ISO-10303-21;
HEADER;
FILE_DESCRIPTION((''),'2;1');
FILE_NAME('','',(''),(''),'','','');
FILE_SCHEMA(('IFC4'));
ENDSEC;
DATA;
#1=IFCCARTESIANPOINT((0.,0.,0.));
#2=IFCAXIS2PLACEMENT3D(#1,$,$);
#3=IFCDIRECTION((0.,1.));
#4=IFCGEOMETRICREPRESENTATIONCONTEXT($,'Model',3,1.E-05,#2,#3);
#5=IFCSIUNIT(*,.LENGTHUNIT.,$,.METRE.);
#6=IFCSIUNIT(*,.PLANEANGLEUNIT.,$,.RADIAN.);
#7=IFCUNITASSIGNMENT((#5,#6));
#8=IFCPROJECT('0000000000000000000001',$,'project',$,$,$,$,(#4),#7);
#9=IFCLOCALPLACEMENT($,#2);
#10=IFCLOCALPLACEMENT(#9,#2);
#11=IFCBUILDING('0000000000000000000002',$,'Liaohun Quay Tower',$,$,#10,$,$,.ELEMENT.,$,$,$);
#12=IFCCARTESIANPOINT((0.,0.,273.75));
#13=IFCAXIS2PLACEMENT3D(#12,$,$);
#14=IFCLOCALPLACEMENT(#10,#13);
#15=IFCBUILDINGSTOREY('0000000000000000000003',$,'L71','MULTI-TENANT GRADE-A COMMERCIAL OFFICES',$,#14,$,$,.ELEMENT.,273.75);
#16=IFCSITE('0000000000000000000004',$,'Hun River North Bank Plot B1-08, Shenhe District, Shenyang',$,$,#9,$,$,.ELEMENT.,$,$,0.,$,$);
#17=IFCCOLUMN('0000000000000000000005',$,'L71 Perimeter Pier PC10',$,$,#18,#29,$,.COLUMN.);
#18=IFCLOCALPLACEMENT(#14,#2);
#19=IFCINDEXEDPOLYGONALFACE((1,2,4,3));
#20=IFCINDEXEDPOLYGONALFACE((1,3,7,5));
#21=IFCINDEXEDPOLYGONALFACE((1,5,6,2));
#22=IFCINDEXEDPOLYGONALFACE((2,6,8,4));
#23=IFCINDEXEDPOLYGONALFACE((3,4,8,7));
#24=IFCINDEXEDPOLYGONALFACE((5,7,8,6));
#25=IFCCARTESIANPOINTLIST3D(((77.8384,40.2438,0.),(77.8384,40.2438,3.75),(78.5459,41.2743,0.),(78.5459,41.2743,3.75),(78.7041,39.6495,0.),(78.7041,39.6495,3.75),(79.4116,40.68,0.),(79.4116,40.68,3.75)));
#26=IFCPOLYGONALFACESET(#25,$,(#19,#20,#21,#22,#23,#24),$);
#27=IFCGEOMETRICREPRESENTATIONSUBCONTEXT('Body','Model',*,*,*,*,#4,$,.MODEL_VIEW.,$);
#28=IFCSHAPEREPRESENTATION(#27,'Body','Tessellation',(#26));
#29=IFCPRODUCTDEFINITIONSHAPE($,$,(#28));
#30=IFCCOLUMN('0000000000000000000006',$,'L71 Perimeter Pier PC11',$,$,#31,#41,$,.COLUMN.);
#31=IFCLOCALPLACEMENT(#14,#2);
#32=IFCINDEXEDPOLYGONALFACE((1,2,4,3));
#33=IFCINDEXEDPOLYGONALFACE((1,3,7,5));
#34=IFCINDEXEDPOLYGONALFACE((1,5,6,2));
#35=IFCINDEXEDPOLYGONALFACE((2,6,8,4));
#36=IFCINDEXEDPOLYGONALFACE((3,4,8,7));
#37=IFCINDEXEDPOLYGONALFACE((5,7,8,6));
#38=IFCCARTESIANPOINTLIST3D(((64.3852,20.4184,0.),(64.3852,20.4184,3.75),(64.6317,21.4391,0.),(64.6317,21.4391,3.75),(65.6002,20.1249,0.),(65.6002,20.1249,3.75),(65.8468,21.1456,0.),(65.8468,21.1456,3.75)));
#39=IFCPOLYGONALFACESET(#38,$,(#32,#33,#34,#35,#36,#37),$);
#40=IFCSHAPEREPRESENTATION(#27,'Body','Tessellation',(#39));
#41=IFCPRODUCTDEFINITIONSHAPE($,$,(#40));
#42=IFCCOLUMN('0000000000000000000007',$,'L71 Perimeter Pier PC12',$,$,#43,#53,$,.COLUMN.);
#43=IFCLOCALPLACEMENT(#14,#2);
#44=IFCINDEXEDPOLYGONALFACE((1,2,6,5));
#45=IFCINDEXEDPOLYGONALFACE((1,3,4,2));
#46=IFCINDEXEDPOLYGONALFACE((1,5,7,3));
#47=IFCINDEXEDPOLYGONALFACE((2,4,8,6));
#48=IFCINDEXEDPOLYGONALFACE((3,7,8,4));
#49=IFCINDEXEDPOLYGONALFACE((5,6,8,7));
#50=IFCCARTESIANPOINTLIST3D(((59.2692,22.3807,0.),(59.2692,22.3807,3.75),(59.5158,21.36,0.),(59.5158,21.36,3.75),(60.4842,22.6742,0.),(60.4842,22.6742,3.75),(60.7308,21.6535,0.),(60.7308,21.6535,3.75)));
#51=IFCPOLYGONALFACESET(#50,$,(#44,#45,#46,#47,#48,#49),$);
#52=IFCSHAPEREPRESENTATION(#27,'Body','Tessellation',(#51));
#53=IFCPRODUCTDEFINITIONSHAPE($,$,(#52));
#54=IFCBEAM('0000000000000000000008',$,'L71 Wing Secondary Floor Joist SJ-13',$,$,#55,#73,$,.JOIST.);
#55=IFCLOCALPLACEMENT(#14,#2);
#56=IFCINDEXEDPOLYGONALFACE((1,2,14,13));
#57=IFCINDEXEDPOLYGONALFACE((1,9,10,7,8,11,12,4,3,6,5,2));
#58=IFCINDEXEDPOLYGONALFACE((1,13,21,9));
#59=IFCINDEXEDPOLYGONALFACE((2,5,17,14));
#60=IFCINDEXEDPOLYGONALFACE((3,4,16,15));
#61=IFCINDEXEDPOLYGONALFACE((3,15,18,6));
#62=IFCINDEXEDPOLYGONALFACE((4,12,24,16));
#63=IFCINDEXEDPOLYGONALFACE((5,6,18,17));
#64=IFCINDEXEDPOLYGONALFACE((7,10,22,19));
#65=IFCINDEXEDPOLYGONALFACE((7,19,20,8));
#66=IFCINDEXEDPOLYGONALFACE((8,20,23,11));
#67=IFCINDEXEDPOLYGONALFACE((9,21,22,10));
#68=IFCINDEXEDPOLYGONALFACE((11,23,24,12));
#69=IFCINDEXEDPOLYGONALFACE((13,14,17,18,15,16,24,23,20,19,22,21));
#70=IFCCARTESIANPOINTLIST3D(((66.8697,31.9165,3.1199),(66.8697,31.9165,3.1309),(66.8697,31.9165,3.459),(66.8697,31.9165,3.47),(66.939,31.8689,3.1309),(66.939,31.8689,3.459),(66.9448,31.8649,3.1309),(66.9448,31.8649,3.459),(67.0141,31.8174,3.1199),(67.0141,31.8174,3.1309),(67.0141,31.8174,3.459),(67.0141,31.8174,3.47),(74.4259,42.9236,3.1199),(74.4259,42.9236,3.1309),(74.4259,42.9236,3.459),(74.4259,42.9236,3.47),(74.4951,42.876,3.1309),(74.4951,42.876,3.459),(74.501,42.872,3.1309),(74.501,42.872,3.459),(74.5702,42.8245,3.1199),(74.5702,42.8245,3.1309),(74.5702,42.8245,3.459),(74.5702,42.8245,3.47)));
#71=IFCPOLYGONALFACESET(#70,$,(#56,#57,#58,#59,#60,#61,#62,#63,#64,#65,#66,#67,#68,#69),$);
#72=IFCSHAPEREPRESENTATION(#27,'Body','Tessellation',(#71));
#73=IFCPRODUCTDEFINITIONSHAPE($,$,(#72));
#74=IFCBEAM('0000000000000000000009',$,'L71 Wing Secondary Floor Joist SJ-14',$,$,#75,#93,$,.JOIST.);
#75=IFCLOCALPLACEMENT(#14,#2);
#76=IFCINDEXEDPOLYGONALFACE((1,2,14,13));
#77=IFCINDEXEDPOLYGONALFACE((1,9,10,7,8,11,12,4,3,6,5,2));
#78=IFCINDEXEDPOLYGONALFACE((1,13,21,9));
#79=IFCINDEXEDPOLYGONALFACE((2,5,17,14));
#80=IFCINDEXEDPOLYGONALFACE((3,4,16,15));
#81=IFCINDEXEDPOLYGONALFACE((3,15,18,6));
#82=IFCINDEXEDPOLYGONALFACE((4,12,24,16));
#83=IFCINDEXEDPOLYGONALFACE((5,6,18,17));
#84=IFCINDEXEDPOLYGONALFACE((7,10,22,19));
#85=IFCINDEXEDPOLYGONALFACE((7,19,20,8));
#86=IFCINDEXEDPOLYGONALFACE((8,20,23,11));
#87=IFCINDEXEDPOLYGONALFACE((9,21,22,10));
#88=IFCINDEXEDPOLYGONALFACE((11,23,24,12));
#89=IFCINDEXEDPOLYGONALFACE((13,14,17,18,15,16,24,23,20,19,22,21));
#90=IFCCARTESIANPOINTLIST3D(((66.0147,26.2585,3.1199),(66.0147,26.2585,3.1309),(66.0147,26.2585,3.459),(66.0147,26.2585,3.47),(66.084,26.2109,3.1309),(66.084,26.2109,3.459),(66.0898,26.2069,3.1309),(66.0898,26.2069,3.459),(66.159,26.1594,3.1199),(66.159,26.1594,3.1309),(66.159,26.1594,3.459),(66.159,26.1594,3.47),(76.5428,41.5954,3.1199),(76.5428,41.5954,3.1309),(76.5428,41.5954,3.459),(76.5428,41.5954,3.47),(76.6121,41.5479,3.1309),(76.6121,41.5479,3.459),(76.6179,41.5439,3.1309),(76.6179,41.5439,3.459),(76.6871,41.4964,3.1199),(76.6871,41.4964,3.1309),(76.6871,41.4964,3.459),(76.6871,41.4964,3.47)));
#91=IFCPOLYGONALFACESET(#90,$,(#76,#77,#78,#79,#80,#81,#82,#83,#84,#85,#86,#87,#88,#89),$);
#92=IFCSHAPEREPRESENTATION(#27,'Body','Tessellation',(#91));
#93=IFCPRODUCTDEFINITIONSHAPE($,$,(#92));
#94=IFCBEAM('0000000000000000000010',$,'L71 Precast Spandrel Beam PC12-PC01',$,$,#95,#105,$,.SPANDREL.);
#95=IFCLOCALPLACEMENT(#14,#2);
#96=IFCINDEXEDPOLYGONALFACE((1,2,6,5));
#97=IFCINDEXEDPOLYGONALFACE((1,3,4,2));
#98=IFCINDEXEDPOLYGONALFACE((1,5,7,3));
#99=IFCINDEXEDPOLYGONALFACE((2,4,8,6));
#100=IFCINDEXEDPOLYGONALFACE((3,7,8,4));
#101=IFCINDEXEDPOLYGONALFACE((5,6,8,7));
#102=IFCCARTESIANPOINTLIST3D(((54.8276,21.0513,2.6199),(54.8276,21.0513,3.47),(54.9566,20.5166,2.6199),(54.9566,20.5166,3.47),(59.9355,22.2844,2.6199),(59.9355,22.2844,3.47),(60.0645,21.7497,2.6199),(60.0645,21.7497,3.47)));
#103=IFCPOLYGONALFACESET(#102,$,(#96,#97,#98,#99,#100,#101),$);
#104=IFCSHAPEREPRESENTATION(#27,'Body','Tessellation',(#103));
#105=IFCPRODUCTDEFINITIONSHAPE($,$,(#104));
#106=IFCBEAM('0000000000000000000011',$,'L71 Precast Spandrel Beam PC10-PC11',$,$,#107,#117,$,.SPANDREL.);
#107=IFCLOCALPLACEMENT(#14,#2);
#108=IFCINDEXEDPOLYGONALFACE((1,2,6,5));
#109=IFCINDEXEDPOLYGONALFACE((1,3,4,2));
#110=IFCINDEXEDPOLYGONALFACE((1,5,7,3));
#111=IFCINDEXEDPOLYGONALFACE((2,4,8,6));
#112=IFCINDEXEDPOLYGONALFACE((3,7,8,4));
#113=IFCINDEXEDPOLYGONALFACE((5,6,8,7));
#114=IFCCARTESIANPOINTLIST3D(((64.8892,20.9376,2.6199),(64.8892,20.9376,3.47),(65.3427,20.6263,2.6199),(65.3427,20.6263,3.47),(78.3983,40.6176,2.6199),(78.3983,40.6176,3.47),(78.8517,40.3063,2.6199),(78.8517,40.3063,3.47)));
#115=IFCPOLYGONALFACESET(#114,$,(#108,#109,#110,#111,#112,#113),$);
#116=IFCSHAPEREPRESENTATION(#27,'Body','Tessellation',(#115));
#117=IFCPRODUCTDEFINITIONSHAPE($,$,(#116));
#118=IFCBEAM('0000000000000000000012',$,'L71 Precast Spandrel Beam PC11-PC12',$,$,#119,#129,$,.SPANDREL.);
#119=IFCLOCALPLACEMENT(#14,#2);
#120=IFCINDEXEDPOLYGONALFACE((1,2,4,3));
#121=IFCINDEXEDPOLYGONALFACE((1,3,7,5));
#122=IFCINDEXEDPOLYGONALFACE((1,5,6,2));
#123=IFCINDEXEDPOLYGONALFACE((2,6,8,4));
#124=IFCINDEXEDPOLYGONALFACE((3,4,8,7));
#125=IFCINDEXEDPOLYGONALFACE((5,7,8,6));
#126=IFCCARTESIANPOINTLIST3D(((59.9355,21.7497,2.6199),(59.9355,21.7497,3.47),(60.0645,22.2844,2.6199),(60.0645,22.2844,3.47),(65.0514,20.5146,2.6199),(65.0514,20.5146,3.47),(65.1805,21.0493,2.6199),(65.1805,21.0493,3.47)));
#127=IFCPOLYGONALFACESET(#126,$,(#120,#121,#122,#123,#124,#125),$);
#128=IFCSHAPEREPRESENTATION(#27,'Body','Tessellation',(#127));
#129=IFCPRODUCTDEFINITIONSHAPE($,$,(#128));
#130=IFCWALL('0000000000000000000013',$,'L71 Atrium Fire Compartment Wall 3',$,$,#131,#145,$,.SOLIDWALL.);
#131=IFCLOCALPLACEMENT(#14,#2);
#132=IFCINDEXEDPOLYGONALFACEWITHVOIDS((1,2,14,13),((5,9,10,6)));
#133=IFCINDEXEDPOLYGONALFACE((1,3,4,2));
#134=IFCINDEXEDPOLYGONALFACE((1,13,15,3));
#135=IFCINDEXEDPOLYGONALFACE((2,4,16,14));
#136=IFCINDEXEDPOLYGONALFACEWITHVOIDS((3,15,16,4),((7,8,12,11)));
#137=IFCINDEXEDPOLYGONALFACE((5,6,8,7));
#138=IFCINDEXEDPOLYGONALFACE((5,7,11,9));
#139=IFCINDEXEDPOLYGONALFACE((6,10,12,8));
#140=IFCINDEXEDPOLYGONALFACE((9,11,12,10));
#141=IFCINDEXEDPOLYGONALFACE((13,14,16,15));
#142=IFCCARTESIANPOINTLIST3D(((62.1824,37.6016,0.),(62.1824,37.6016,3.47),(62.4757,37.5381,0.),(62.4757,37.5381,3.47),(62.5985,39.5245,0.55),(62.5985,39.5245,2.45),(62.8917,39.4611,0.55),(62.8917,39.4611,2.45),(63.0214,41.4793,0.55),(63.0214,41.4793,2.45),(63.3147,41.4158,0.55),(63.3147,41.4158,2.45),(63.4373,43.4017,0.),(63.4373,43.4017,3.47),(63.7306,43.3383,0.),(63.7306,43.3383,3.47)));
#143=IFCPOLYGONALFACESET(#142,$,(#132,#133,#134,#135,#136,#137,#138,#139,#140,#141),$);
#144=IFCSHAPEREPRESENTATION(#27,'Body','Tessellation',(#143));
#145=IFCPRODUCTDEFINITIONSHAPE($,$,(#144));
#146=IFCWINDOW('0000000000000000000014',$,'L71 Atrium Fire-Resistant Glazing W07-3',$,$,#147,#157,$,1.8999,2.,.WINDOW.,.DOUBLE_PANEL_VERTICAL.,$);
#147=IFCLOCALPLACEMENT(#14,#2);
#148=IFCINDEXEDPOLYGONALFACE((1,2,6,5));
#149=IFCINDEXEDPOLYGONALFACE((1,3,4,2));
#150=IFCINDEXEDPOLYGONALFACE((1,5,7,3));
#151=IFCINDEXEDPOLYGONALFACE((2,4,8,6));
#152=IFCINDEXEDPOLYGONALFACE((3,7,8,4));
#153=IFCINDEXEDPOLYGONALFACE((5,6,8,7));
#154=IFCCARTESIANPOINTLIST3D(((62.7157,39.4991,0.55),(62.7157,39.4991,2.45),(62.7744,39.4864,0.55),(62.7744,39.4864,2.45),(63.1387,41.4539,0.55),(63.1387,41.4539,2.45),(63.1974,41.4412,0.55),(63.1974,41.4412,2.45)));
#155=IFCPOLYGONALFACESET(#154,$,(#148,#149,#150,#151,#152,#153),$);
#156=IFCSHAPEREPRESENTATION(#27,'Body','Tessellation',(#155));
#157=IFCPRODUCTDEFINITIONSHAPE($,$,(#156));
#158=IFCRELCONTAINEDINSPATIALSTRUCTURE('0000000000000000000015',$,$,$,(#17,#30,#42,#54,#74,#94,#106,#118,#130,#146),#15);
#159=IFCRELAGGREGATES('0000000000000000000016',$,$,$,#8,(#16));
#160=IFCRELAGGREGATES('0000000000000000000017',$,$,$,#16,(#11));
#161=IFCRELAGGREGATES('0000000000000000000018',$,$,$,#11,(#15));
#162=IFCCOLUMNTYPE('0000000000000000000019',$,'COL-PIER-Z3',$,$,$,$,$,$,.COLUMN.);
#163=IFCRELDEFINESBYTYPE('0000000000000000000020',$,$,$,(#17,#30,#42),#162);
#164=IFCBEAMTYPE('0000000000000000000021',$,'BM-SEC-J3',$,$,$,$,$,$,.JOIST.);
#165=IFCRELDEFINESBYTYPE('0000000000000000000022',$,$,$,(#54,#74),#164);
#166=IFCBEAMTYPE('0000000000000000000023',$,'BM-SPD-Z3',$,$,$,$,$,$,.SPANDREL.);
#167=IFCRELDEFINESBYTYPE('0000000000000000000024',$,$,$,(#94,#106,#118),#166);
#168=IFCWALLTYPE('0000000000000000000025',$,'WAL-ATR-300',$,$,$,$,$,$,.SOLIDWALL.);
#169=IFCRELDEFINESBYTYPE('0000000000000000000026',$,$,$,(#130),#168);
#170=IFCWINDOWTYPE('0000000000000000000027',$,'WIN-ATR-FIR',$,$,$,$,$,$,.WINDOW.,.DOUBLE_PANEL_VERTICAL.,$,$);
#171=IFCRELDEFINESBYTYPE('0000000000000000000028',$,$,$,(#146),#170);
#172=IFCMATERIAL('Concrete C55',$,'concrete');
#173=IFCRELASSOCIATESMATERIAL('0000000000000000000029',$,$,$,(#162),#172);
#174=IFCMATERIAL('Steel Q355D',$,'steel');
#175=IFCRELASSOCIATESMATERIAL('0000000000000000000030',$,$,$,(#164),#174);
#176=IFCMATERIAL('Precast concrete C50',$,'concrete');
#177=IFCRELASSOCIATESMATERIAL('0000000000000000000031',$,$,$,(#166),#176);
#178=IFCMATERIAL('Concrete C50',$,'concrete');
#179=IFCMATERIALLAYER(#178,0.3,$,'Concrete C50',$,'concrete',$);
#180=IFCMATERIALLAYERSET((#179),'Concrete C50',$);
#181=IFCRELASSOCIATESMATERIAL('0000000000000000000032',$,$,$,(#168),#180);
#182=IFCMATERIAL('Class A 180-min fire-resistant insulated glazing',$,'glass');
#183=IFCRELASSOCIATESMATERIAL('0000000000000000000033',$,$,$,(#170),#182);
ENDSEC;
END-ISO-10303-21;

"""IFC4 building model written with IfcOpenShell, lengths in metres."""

from ifc_helpers import new_model, si_unit, direction, frame, frame_2d, origin, origin_2d, place, context, subcontext, project, spatial, rectangle, i_section, extrude, source, transform, mapped, material, layer, layer_set, material_profile, profile_set, type_object, element, fill, save


model = new_model("IFC4")

# Units and contexts
model_context = context("Model", 3, precision=1e-05, world=origin(), true_north=direction((0.0, 1.0)))
body_context = subcontext(model_context, "Body", "Model", "MODEL_VIEW")
ifc_project = project(units=[si_unit("LENGTHUNIT", "METRE"), si_unit("PLANEANGLEUNIT", "RADIAN")], contexts=[model_context])

# Site, building, storey
site_placement = place(None, origin())
site = spatial("IfcSite", under=ifc_project, at=site_placement, Name="Hun River North Bank Plot B1-08, Shenhe District, Shenyang", CompositionType="ELEMENT", RefElevation=0.0)
building_placement = place(site_placement, origin())
building = spatial("IfcBuilding", under=site, at=building_placement, Name="Liaohun Quay Tower", CompositionType="ELEMENT")
storey_placement = place(building_placement, frame((0.0, 0.0, 273.75)))
storey = spatial("IfcBuildingStorey", under=building, at=storey_placement, Name="L71", Description="MULTI-TENANT GRADE-A COMMERCIAL OFFICES", CompositionType="ELEMENT", Elevation=273.75)

# Columns
ifc_material_1 = material(Name="Concrete C55", Category="concrete")
ifc_material_profile_1 = material_profile(ifc_material_1, rectangle(XDim=1.25, YDim=1.05, at=origin_2d()), Name="RC1250x1050")
ifc_profile_set_1 = profile_set([ifc_material_profile_1], Name="Concrete C55")
column_type = type_object("IfcColumnType", Name="COL-PIER-Z3", PredefinedType="COLUMN", material=ifc_profile_set_1)
shared_shape_1 = source(origin(), body_context, "Body", "SweptSolid", [
    extrude(rectangle(XDim=1.25, YDim=1.05, at=origin_2d()), origin(), (0.0, 0.0, 1.0), 3.75),
])
for number, where, z_axis, x_axis, name in (
    (1, (78.625, 40.4619, 0.0), (0.0, 0.0, 1.0), (0.565975, 0.824423, 0.0), "L71 Perimeter Pier PC10"),
    (2, (65.116, 20.782, 0.0), (0.0, 0.0, 1.0), (-0.972043, 0.234803, 0.0), "L71 Perimeter Pier PC11"),
    (3, (60.0, 22.0171, 0.0), (0.0, 0.0, 1.0), (0.972043, 0.234803, 0.0), "L71 Perimeter Pier PC12"),
):
    element("IfcColumn", number, at=place(storey_placement, frame(where, z_axis=z_axis, x_axis=x_axis)), inside=storey, type_object=column_type, Name=name, PredefinedType="COLUMN", context=body_context, shape_type="MappedRepresentation", body=[
        mapped(shared_shape_1, transform((0.0, 0.0, 0.0), x_axis=(1.0, 0.0, 0.0), y_axis=(0.0, 1.0, 0.0), z_axis=(0.0, 0.0, 1.0), scale=1.0)),
    ])

# Beams
ifc_material_2 = material(Name="Steel Q355D", Category="steel")
ifc_material_profile_2 = material_profile(ifc_material_2, i_section(OverallWidth=0.175, OverallDepth=0.3501, WebThickness=0.0071, FlangeThickness=0.011, at=origin_2d()), Name="HN350x175x7x11")
ifc_profile_set_2 = profile_set([ifc_material_profile_2], Name="Steel Q355D")
beam_type_1 = type_object("IfcBeamType", Name="BM-SEC-J3", PredefinedType="JOIST", material=ifc_profile_set_2)
shared_shape_2 = source(origin(), body_context, "Body", "SweptSolid", [
    extrude(i_section(OverallWidth=0.175, OverallDepth=0.3501, WebThickness=0.0071, FlangeThickness=0.011, at=origin_2d()), origin(), (0.0, 0.0, 1.0), 13.3511),
])
beam_1_placement = place(storey_placement, frame((74.498, 42.874, 3.2949), z_axis=(-0.565958, -0.824434, 0.0), x_axis=(0.824434, -0.565958, 0.0)))
element("IfcBeam", 4, at=beam_1_placement, inside=storey, type_object=beam_type_1, Name="L71 Wing Secondary Floor Joist SJ-13", PredefinedType="JOIST", context=body_context, shape_type="MappedRepresentation", body=[
    mapped(shared_shape_2, transform((0.0, 0.0, 0.0), x_axis=(1.0, 0.0, 0.0), y_axis=(0.0, 1.0, 0.0), z_axis=(0.0, 0.0, 1.0), scale=1.0)),
])
shared_shape_3 = source(origin(), body_context, "Body", "SweptSolid", [
    extrude(i_section(OverallWidth=0.175, OverallDepth=0.3501, WebThickness=0.0071, FlangeThickness=0.011, at=origin_2d()), origin(), (0.0, 0.0, 1.0), 18.6028),
])
beam_2_placement = place(storey_placement, frame((76.615, 41.5459, 3.2949), z_axis=(-0.565943, -0.824445, 0.0), x_axis=(0.824445, -0.565943, 0.0)))
element("IfcBeam", 5, at=beam_2_placement, inside=storey, type_object=beam_type_1, Name="L71 Wing Secondary Floor Joist SJ-14", PredefinedType="JOIST", context=body_context, shape_type="MappedRepresentation", body=[
    mapped(shared_shape_3, transform((0.0, 0.0, 0.0), x_axis=(1.0, 0.0, 0.0), y_axis=(0.0, 1.0, 0.0), z_axis=(0.0, 0.0, 1.0), scale=1.0)),
])
ifc_material_3 = material(Name="Precast concrete C50", Category="concrete")
ifc_material_profile_3 = material_profile(ifc_material_3, rectangle(XDim=0.55, YDim=0.8501, at=origin_2d()), Name="RC550x850")
ifc_profile_set_3 = profile_set([ifc_material_profile_3], Name="Precast concrete C50")
beam_type_2 = type_object("IfcBeamType", Name="BM-SPD-Z3", PredefinedType="SPANDREL", material=ifc_profile_set_3)
shared_shape_4 = source(origin(), body_context, "Body", "SweptSolid", [
    extrude(rectangle(XDim=0.55, YDim=0.8501, at=origin_2d()), origin(), (0.0, 0.0, 1.0), 5.2546),
])
beam_3_placement = place(storey_placement, frame((60.0, 22.0171, 3.0449), z_axis=(-0.972073, -0.234678, 0.0), x_axis=(0.234678, -0.972073, 0.0)))
element("IfcBeam", 6, at=beam_3_placement, inside=storey, type_object=beam_type_2, Name="L71 Precast Spandrel Beam PC12-PC01", PredefinedType="SPANDREL", context=body_context, shape_type="MappedRepresentation", body=[
    mapped(shared_shape_4, transform((0.0, 0.0, 0.0), x_axis=(1.0, 0.0, 0.0), y_axis=(0.0, 1.0, 0.0), z_axis=(0.0, 0.0, 1.0), scale=1.0)),
])
shared_shape_5 = source(origin(), body_context, "Body", "SweptSolid", [
    extrude(rectangle(XDim=0.55, YDim=0.8501, at=origin_2d()), origin(), (0.0, 0.0, 1.0), 23.8704),
])
beam_4_placement = place(storey_placement, frame((78.625, 40.4619, 3.0449), z_axis=(-0.565934, -0.824451, 0.0), x_axis=(0.824451, -0.565934, 0.0)))
element("IfcBeam", 7, at=beam_4_placement, inside=storey, type_object=beam_type_2, Name="L71 Precast Spandrel Beam PC10-PC11", PredefinedType="SPANDREL", context=body_context, shape_type="MappedRepresentation", body=[
    mapped(shared_shape_5, transform((0.0, 0.0, 0.0), x_axis=(1.0, 0.0, 0.0), y_axis=(0.0, 1.0, 0.0), z_axis=(0.0, 0.0, 1.0), scale=1.0)),
])
shared_shape_6 = source(origin(), body_context, "Body", "SweptSolid", [
    extrude(rectangle(XDim=0.55, YDim=0.8501, at=origin_2d()), origin(), (0.0, 0.0, 1.0), 5.2629),
])
beam_5_placement = place(storey_placement, frame((65.116, 20.782, 3.0449), z_axis=(-0.972073, 0.23468, 0.0), x_axis=(-0.23468, -0.972073, 0.0)))
element("IfcBeam", 8, at=beam_5_placement, inside=storey, type_object=beam_type_2, Name="L71 Precast Spandrel Beam PC11-PC12", PredefinedType="SPANDREL", context=body_context, shape_type="MappedRepresentation", body=[
    mapped(shared_shape_6, transform((0.0, 0.0, 0.0), x_axis=(1.0, 0.0, 0.0), y_axis=(0.0, 1.0, 0.0), z_axis=(0.0, 0.0, 1.0), scale=1.0)),
])

# Wall, opening, window
ifc_material_4 = material(Name="Concrete C50", Category="concrete")
ifc_layer_1 = layer(ifc_material_4, 0.3, Name="Concrete C50", Category="concrete")
ifc_layer_set_1 = layer_set([ifc_layer_1], Name="Concrete C50")
wall_type_1 = type_object("IfcWallType", Name="WAL-ATR-300", PredefinedType="SOLIDWALL", material=ifc_layer_set_1)
wall_1_placement = place(storey_placement, frame((63.584, 43.3701, 0.0), z_axis=(0.0, 0.0, 1.0), x_axis=(-0.211465, -0.977386, 0.0)))
wall_1 = element("IfcWall", 9, at=wall_1_placement, inside=storey, type_object=wall_type_1, Name="L71 Atrium Fire Compartment Wall 3", PredefinedType="SOLIDWALL", context=body_context, shape_type="SweptSolid", body=[
    extrude(rectangle(XDim=5.9343, YDim=0.3, at=frame_2d((2.9673, 0.0))), origin(), (0.0, 0.0, 1.0), 3.47),
])
shared_shape_7 = source(origin(), body_context, "Body", "SweptSolid", [
    extrude(rectangle(XDim=2.0, YDim=1.8999, at=frame_2d((1.0, 0.95))), frame((0.0, 0.1599, 0.0), z_axis=(0.0, -1.0, 0.0), x_axis=(1.0, 0.0, 0.0)), (0.0, 0.0, 1.0), 0.3201),
])
opening_1_placement = place(wall_1_placement, frame((1.967, 0.0, 0.55)))
opening_1 = element("IfcOpeningElement", 10, at=opening_1_placement, cuts=wall_1, PredefinedType="OPENING", context=body_context, shape_type="MappedRepresentation", body=[
    mapped(shared_shape_7, transform((0.0, 0.0, 0.0), x_axis=(1.0, 0.0, 0.0), y_axis=(0.0, 1.0, 0.0), z_axis=(0.0, 0.0, 1.0), scale=1.0)),
])
ifc_material_5 = material(Name="Class A 180-min fire-resistant insulated glazing", Category="glass")
window_type_1 = type_object("IfcWindowType", Name="WIN-ATR-FIR", PartitioningType="DOUBLE_PANEL_VERTICAL", PredefinedType="WINDOW", material=ifc_material_5)
shared_shape_8 = source(origin(), body_context, "Body", "SweptSolid", [
    extrude(rectangle(XDim=2.0, YDim=1.8999, at=frame_2d((1.0, 0.95))), frame((0.0, 0.03, 0.0), z_axis=(0.0, -1.0, 0.0), x_axis=(1.0, 0.0, 0.0)), (0.0, 0.0, 1.0), 0.0601),
])
window_1_placement = place(opening_1_placement, origin())
window_1 = element("IfcWindow", 11, at=window_1_placement, inside=storey, type_object=window_type_1, Name="L71 Atrium Fire-Resistant Glazing W07-3", OverallHeight=1.8999, OverallWidth=2.0, PartitioningType="DOUBLE_PANEL_VERTICAL", PredefinedType="WINDOW", context=body_context, shape_type="MappedRepresentation", body=[
    mapped(shared_shape_8, transform((0.0, 0.0, 0.0), x_axis=(1.0, 0.0, 0.0), y_axis=(0.0, 1.0, 0.0), z_axis=(0.0, 0.0, 1.0), scale=1.0)),
])
fill(opening_1, window_1)

save(model, "model.ifc")
